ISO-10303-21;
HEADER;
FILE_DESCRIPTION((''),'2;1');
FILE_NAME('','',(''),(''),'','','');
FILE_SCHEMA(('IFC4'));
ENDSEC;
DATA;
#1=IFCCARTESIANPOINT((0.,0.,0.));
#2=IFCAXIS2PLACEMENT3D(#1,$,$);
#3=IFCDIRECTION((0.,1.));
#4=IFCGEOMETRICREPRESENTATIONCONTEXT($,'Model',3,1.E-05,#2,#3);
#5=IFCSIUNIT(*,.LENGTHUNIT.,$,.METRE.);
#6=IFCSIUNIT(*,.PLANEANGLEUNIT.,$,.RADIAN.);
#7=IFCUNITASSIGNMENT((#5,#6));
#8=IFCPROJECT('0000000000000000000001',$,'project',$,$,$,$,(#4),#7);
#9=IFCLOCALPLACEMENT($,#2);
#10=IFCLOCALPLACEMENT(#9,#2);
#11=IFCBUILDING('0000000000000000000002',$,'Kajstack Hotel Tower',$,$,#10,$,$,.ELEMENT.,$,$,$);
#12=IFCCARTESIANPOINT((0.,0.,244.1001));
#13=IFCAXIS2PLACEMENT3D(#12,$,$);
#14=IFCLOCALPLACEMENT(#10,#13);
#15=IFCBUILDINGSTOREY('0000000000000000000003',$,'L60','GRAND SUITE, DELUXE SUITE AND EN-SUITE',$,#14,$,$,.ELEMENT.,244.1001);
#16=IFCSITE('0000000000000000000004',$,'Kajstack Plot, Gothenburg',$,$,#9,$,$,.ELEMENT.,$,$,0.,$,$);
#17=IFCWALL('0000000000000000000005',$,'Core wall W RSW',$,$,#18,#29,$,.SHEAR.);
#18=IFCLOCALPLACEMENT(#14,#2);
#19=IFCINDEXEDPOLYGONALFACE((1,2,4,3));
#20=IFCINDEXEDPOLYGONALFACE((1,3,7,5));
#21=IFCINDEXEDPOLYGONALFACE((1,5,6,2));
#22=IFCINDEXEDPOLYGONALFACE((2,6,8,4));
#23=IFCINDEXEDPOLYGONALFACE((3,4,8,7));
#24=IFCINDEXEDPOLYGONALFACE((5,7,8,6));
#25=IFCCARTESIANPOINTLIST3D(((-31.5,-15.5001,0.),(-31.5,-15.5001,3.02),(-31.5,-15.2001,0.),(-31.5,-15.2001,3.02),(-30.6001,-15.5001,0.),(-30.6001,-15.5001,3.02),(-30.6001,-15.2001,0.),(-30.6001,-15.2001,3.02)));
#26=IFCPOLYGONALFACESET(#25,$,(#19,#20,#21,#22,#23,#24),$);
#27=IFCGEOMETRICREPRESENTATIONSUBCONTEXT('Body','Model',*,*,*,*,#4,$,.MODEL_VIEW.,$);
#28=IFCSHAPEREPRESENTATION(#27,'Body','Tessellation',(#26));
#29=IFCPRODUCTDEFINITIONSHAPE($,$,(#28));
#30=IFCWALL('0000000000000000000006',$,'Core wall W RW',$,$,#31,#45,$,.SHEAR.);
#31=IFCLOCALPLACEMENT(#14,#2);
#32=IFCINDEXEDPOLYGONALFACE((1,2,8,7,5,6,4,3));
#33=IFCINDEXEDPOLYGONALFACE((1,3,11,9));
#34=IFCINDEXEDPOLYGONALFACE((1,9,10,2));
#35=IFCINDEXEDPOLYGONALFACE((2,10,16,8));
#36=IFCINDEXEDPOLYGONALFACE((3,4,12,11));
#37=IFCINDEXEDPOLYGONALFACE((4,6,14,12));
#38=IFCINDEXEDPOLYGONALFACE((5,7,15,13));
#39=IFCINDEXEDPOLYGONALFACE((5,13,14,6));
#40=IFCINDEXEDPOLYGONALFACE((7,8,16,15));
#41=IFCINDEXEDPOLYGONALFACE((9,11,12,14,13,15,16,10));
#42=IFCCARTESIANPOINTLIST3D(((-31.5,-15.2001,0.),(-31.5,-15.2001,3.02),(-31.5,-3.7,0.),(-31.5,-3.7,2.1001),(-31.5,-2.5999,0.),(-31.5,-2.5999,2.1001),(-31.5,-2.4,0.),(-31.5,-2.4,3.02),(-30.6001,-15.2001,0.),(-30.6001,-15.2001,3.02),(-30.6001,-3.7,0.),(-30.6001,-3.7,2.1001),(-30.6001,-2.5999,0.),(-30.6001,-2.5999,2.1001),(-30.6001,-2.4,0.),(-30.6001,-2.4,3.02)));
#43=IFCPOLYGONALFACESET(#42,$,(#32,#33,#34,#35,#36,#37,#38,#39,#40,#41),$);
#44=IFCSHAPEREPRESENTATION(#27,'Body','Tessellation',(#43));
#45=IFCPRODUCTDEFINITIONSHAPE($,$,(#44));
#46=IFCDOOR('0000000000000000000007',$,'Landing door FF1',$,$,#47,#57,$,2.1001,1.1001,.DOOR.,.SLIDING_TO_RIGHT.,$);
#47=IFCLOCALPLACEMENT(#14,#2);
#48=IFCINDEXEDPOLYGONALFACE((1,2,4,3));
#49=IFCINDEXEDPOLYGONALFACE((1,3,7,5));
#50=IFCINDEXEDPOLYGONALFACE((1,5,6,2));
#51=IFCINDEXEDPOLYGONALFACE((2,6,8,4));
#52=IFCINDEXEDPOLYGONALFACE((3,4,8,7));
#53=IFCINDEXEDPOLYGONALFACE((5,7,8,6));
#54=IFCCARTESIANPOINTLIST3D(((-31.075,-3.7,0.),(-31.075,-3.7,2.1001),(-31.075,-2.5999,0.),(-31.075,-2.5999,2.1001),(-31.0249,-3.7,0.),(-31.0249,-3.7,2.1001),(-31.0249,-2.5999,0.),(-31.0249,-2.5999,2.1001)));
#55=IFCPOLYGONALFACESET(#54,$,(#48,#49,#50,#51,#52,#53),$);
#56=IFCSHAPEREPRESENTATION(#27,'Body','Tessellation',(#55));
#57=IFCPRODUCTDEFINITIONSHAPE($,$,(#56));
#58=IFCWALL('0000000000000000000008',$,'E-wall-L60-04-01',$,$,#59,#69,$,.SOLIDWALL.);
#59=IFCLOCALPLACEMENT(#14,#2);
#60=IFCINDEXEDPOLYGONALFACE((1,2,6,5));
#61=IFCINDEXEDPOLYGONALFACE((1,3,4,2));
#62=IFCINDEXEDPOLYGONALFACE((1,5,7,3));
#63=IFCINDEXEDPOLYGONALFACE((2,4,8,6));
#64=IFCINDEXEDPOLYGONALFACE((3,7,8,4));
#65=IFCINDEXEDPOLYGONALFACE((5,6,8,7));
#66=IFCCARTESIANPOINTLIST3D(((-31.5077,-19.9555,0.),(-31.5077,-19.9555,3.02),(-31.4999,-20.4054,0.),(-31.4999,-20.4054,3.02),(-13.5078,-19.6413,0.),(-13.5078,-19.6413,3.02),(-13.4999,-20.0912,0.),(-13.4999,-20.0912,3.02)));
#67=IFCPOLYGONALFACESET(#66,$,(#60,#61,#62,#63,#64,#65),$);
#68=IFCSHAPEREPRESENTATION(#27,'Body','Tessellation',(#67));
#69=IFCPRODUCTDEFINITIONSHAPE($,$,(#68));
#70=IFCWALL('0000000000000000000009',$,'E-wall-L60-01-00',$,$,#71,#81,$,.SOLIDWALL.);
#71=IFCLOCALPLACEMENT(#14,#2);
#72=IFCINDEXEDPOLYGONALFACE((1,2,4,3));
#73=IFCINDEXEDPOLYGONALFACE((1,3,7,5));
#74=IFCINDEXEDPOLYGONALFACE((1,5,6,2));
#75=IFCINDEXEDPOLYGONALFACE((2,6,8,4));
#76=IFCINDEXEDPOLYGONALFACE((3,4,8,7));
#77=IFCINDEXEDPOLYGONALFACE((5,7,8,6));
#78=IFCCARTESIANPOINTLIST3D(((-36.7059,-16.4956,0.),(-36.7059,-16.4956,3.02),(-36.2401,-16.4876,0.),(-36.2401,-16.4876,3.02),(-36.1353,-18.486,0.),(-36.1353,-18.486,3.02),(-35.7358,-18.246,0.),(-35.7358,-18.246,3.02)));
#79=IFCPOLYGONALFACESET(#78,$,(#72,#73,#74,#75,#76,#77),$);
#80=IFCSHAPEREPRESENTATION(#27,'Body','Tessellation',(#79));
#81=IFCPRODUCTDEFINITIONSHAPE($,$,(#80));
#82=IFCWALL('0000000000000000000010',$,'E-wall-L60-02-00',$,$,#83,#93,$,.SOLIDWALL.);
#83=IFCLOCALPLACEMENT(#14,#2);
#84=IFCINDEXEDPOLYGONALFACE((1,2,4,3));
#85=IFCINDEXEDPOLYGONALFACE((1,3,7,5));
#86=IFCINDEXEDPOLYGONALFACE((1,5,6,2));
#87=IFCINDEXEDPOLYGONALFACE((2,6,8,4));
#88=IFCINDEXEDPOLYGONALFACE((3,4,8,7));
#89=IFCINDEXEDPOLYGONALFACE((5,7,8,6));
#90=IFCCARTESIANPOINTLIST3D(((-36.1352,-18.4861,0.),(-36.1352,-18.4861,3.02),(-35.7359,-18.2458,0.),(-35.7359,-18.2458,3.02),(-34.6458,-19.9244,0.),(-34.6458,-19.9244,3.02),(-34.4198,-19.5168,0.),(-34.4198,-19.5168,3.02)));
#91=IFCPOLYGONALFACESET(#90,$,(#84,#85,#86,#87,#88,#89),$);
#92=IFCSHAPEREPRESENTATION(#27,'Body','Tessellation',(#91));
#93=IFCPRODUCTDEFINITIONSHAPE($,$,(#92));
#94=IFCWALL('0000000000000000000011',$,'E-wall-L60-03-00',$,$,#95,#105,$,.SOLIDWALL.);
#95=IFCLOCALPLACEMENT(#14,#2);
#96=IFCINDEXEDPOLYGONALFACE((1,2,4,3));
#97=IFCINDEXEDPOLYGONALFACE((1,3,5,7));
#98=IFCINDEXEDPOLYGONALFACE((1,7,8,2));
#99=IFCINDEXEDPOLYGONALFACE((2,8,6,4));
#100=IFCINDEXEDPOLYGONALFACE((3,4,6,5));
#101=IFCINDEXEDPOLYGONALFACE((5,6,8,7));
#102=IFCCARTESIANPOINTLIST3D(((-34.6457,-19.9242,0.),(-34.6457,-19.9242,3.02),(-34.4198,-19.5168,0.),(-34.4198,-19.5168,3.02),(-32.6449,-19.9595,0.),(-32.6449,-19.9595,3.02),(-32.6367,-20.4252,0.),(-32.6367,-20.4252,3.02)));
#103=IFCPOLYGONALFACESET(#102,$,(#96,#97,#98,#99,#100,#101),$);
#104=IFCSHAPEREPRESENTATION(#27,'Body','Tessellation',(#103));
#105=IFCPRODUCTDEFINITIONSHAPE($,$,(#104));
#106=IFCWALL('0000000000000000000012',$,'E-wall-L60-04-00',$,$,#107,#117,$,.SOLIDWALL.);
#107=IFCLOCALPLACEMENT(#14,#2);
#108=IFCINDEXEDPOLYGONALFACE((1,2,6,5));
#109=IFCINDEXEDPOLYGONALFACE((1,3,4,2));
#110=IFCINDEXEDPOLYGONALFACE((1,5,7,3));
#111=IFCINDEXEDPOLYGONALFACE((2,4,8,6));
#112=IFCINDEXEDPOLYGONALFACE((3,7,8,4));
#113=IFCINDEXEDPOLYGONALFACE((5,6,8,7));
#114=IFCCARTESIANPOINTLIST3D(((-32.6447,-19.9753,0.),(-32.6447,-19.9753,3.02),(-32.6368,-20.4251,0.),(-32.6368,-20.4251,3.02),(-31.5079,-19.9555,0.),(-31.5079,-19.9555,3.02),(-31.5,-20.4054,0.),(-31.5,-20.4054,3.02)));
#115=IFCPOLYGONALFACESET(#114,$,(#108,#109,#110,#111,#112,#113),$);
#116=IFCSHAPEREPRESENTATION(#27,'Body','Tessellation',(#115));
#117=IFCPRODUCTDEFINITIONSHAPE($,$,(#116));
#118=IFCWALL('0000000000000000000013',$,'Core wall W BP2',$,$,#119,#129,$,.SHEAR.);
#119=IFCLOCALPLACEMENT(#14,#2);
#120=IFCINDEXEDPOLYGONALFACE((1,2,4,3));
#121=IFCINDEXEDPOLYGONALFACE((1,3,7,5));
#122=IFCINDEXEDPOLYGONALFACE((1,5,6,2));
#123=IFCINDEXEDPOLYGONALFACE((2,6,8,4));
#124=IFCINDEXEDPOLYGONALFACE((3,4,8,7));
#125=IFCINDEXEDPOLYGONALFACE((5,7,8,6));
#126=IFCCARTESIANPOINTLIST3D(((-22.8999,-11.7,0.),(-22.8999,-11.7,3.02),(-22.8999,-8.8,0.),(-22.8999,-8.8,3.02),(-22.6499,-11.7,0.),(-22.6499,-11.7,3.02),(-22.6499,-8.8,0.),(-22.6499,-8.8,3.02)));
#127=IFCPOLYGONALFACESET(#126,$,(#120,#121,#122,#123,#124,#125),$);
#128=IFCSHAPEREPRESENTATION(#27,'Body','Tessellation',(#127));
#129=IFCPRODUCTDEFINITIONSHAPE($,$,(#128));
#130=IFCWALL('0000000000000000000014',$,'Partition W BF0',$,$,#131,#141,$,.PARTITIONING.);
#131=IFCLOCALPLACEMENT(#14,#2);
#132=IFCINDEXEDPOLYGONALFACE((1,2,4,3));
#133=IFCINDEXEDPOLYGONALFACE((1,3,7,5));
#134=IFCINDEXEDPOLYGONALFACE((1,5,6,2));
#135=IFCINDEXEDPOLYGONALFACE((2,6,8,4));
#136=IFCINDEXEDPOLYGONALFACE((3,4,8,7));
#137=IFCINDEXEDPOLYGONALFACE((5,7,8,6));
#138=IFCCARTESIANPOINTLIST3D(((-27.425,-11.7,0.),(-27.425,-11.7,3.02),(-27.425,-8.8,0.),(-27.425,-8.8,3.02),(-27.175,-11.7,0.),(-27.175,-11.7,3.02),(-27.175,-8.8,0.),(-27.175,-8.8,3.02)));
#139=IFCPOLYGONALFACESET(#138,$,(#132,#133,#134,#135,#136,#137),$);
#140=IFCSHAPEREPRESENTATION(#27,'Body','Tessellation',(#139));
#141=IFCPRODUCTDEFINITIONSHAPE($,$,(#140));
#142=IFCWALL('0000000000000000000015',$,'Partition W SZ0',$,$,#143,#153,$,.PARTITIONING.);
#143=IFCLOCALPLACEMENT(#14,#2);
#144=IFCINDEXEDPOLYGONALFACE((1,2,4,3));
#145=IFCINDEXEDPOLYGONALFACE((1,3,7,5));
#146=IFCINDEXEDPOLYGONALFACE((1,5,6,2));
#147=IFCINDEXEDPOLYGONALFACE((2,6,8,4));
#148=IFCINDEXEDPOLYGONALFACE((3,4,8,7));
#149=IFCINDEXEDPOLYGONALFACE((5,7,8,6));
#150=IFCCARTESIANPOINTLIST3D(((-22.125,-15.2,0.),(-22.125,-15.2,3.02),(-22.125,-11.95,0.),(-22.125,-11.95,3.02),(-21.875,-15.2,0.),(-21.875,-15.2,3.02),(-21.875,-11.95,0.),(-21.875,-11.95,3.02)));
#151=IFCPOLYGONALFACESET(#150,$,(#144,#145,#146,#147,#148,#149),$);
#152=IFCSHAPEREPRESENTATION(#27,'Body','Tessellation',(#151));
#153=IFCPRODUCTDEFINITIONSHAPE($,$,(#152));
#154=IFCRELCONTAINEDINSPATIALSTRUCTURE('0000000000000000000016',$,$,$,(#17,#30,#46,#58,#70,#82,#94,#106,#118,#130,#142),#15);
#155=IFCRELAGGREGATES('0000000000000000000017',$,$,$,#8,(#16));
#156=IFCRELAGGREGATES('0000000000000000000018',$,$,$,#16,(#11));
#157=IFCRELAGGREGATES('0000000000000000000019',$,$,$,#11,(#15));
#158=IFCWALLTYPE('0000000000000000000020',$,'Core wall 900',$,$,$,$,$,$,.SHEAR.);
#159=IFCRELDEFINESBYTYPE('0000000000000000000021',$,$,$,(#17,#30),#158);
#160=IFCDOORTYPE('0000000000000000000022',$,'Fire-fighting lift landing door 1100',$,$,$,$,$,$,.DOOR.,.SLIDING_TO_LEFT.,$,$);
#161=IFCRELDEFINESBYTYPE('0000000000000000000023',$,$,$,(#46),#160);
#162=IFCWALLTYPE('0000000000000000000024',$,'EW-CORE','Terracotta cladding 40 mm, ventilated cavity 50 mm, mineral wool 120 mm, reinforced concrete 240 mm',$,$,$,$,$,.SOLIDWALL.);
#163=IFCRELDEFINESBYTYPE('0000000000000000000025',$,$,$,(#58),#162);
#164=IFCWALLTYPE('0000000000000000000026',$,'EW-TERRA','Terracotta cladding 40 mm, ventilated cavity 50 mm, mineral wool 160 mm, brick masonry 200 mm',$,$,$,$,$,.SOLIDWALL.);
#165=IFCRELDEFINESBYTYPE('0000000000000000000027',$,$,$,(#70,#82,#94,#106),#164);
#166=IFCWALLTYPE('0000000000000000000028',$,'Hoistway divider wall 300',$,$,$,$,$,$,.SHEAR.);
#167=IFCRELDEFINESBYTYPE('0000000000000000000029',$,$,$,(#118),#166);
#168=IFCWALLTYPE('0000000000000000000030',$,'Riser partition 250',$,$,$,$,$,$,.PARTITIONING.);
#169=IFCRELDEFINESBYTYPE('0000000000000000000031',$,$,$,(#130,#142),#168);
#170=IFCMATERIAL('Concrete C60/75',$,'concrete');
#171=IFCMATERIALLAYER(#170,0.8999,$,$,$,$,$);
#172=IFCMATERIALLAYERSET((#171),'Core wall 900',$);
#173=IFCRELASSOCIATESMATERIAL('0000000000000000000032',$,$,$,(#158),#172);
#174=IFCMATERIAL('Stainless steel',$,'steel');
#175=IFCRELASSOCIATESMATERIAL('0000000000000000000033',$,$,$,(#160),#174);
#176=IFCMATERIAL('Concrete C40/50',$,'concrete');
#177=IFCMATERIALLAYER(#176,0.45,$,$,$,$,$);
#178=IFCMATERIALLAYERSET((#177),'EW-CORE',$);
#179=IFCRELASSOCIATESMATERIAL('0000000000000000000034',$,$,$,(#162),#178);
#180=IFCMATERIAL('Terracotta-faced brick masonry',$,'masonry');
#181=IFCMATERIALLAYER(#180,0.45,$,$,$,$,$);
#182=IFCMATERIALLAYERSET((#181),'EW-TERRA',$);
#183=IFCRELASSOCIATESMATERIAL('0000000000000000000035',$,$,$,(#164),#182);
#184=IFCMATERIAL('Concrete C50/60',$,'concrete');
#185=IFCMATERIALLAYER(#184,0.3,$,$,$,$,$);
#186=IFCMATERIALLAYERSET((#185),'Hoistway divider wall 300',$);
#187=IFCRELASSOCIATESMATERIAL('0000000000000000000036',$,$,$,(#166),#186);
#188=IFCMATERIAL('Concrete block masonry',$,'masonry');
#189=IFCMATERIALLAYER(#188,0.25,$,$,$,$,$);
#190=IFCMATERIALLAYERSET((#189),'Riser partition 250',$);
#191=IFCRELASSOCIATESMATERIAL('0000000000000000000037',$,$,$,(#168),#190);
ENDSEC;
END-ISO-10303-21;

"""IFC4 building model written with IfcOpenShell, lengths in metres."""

from ifc_helpers import new_model, si_unit, direction, frame, frame_2d, origin, place, context, subcontext, project, spatial, polyline, rectangle, outline, extrude, material, layer, layer_set, type_object, element, fill, save


model = new_model("IFC4")

# Units and contexts
model_context = context("Model", 3, precision=1e-05, world=origin(), true_north=direction((0.0, 1.0)))
body_context = subcontext(model_context, "Body", "Model", "MODEL_VIEW")
ifc_project = project(units=[si_unit("LENGTHUNIT", "METRE"), si_unit("PLANEANGLEUNIT", "RADIAN")], contexts=[model_context])

# Site, building, storey
site_placement = place(None, origin())
site = spatial("IfcSite", under=ifc_project, at=site_placement, Name="Kajstack Plot, Gothenburg", CompositionType="ELEMENT", RefElevation=0.0)
building_placement = place(site_placement, origin())
building = spatial("IfcBuilding", under=site, at=building_placement, Name="Kajstack Hotel Tower", CompositionType="ELEMENT")
storey_placement = place(building_placement, frame((0.0, 0.0, 244.1001)))
storey = spatial("IfcBuildingStorey", under=building, at=storey_placement, Name="L60", Description="GRAND SUITE, DELUXE SUITE AND EN-SUITE", CompositionType="ELEMENT", Elevation=244.1001)

# Wall
ifc_material_1 = material(Name="Concrete C60/75", Category="concrete")
ifc_layer_1 = layer(ifc_material_1, 0.8999)
ifc_layer_set_1 = layer_set([ifc_layer_1], Name="Core wall 900")
wall_type_1 = type_object("IfcWallType", Name="Core wall 900", PredefinedType="SHEAR", material=ifc_layer_set_1)
wall_1_placement = place(storey_placement, frame((-31.5, -15.3501, 0.0), z_axis=(0.0, 0.0, 1.0), x_axis=(1.0, 0.0, 0.0)))
element("IfcWall", 1, at=wall_1_placement, inside=storey, type_object=wall_type_1, Name="Core wall W RSW", PredefinedType="SHEAR", context=body_context, shape_type="SweptSolid", body=[
    extrude(rectangle(XDim=0.8999, YDim=0.3, at=frame_2d((0.45, 0.0))), origin(), (0.0, 0.0, 1.0), 3.02),
])

# Wall, opening, door
wall_2_placement = place(storey_placement, frame((-31.05, -15.2, 0.0), z_axis=(0.0, 0.0, 1.0), x_axis=(0.0, 1.0, 0.0)))
wall_2 = element("IfcWall", 2, at=wall_2_placement, inside=storey, type_object=wall_type_1, Name="Core wall W RW", PredefinedType="SHEAR", context=body_context, shape_type="SweptSolid", body=[
    extrude(rectangle(XDim=12.8, YDim=0.8999, at=frame_2d((6.3999, 0.0))), origin(), (0.0, 0.0, 1.0), 3.02),
])
opening_1_placement = place(wall_2_placement, frame((11.5, 0.0, 0.0)))
opening_1 = element("IfcOpeningElement", 3, at=opening_1_placement, cuts=wall_2, PredefinedType="OPENING", context=body_context, shape_type="SweptSolid", body=[
    extrude(rectangle(XDim=1.1001, YDim=2.1001, at=frame_2d((0.55, 1.05))), frame((0.0, 0.46, 0.0), z_axis=(0.0, -1.0, 0.0), x_axis=(1.0, 0.0, 0.0)), (0.0, 0.0, 1.0), 0.9199),
])
ifc_material_2 = material(Name="Stainless steel", Category="steel")
door_type_1 = type_object("IfcDoorType", Name="Fire-fighting lift landing door 1100", OperationType="SLIDING_TO_LEFT", PredefinedType="DOOR", material=ifc_material_2)
door_1_placement = place(opening_1_placement, origin())
door_1 = element("IfcDoor", 4, at=door_1_placement, inside=storey, type_object=door_type_1, Name="Landing door FF1", OperationType="SLIDING_TO_RIGHT", OverallHeight=2.1001, OverallWidth=1.1001, PredefinedType="DOOR", context=body_context, shape_type="SweptSolid", body=[
    extrude(rectangle(XDim=1.1001, YDim=2.1001, at=frame_2d((0.55, 1.05))), frame((0.0, 0.0249, 0.0), z_axis=(0.0, -1.0, 0.0), x_axis=(1.0, 0.0, 0.0)), (0.0, 0.0, 1.0), 0.05),
])
fill(opening_1, door_1)

# Walls
ifc_material_3 = material(Name="Concrete C40/50", Category="concrete")
ifc_layer_2 = layer(ifc_material_3, 0.45)
ifc_layer_set_2 = layer_set([ifc_layer_2], Name="EW-CORE")
wall_type_2 = type_object("IfcWallType", Name="EW-CORE", Description="Terracotta cladding 40 mm, ventilated cavity 50 mm, mineral wool 120 mm, reinforced concrete 240 mm", PredefinedType="SOLIDWALL", material=ifc_layer_set_2)
wall_3_placement = place(storey_placement, frame((-31.5039, -20.1804, 0.0), z_axis=(0.0, 0.0, 1.0), x_axis=(0.999848, 0.017453, 0.0)))
element("IfcWall", 5, at=wall_3_placement, inside=storey, type_object=wall_type_2, Name="E-wall-L60-04-01", PredefinedType="SOLIDWALL", context=body_context, shape_type="SweptSolid", body=[
    extrude(rectangle(XDim=18.0027, YDim=0.45, at=frame_2d((9.0015, 0.0))), origin(), (0.0, 0.0, 1.0), 3.02),
])
ifc_material_4 = material(Name="Terracotta-faced brick masonry", Category="masonry")
ifc_layer_3 = layer(ifc_material_4, 0.45)
ifc_layer_set_3 = layer_set([ifc_layer_3], Name="EW-TERRA")
wall_type_3 = type_object("IfcWallType", Name="EW-TERRA", Description="Terracotta cladding 40 mm, ventilated cavity 50 mm, mineral wool 160 mm, brick masonry 200 mm", PredefinedType="SOLIDWALL", material=ifc_layer_set_3)
wall_4_placement = place(storey_placement, frame((-36.4895, -16.4336, 0.0), z_axis=(0.0, 0.0, 1.0), x_axis=(0.275578, -0.961279, 0.0)))
element("IfcWall", 6, at=wall_4_placement, inside=storey, type_object=wall_type_3, Name="E-wall-L60-01-00", PredefinedType="SOLIDWALL", context=body_context, shape_type="SweptSolid", body=[
    extrude(outline(polyline([(0.0, -0.2251), (2.0706, -0.2251), (1.95, 0.2251), (0.1206, 0.2249), (0.0, -0.2251)])), origin(), (0.0, 0.0, 1.0), 3.02),
])
wall_5_placement = place(storey_placement, frame((-35.979, -18.324, 0.0), z_axis=(0.0, 0.0, 1.0), x_axis=(0.71932, -0.694679, 0.0)))
element("IfcWall", 7, at=wall_5_placement, inside=storey, type_object=wall_type_3, Name="E-wall-L60-02-00", PredefinedType="SOLIDWALL", context=body_context, shape_type="SweptSolid", body=[
    extrude(outline(polyline([(0.0002, -0.2251), (2.0708, -0.2251), (1.9502, 0.2251), (0.1206, 0.2251), (0.0002, -0.2251)])), origin(), (0.0, 0.0, 1.0), 3.02),
])
wall_6_placement = place(storey_placement, frame((-34.5913, -19.7061, 0.0), z_axis=(0.0, 0.0, 1.0), x_axis=(0.970316, -0.241842, 0.0)))
element("IfcWall", 8, at=wall_6_placement, inside=storey, type_object=wall_type_3, Name="E-wall-L60-03-00", PredefinedType="SOLIDWALL", context=body_context, shape_type="SweptSolid", body=[
    extrude(outline(polyline([(0.0, -0.2249), (2.0706, -0.2251), (1.95, 0.2249), (0.1206, 0.2251), (0.0, -0.2249)])), origin(), (0.0, 0.0, 1.0), 3.02),
])
wall_7_placement = place(storey_placement, frame((-32.6406, -20.2002, 0.0), z_axis=(0.0, 0.0, 1.0), x_axis=(0.999849, 0.017394, 0.0)))
element("IfcWall", 9, at=wall_7_placement, inside=storey, type_object=wall_type_3, Name="E-wall-L60-04-00", PredefinedType="SOLIDWALL", context=body_context, shape_type="SweptSolid", body=[
    extrude(rectangle(XDim=1.137, YDim=0.45, at=frame_2d((0.5684, 0.0))), origin(), (0.0, 0.0, 1.0), 3.02),
])
ifc_material_5 = material(Name="Concrete C50/60", Category="concrete")
ifc_layer_4 = layer(ifc_material_5, 0.3)
ifc_layer_set_4 = layer_set([ifc_layer_4], Name="Hoistway divider wall 300")
wall_type_4 = type_object("IfcWallType", Name="Hoistway divider wall 300", PredefinedType="SHEAR", material=ifc_layer_set_4)
wall_8_placement = place(storey_placement, frame((-22.7749, -11.7, 0.0), z_axis=(0.0, 0.0, 1.0), x_axis=(0.0, 1.0, 0.0)))
element("IfcWall", 10, at=wall_8_placement, inside=storey, type_object=wall_type_4, Name="Core wall W BP2", PredefinedType="SHEAR", context=body_context, shape_type="SweptSolid", body=[
    extrude(rectangle(XDim=2.8999, YDim=0.25, at=frame_2d((1.45, 0.0))), origin(), (0.0, 0.0, 1.0), 3.02),
])
ifc_material_6 = material(Name="Concrete block masonry", Category="masonry")
ifc_layer_5 = layer(ifc_material_6, 0.25)
ifc_layer_set_5 = layer_set([ifc_layer_5], Name="Riser partition 250")
wall_type_5 = type_object("IfcWallType", Name="Riser partition 250", PredefinedType="PARTITIONING", material=ifc_layer_set_5)
wall_9_placement = place(storey_placement, frame((-27.3, -11.7, 0.0), z_axis=(0.0, 0.0, 1.0), x_axis=(0.0, 1.0, 0.0)))
element("IfcWall", 11, at=wall_9_placement, inside=storey, type_object=wall_type_5, Name="Partition W BF0", PredefinedType="PARTITIONING", context=body_context, shape_type="SweptSolid", body=[
    extrude(rectangle(XDim=2.8999, YDim=0.25, at=frame_2d((1.45, 0.0))), origin(), (0.0, 0.0, 1.0), 3.02),
])
wall_10_placement = place(storey_placement, frame((-22.0, -15.2, 0.0), z_axis=(0.0, 0.0, 1.0), x_axis=(0.0, 1.0, 0.0)))
element("IfcWall", 12, at=wall_10_placement, inside=storey, type_object=wall_type_5, Name="Partition W SZ0", PredefinedType="PARTITIONING", context=body_context, shape_type="SweptSolid", body=[
    extrude(rectangle(XDim=3.25, YDim=0.25, at=frame_2d((1.625, 0.0))), origin(), (0.0, 0.0, 1.0), 3.02),
])

save(model, "model.ifc")
